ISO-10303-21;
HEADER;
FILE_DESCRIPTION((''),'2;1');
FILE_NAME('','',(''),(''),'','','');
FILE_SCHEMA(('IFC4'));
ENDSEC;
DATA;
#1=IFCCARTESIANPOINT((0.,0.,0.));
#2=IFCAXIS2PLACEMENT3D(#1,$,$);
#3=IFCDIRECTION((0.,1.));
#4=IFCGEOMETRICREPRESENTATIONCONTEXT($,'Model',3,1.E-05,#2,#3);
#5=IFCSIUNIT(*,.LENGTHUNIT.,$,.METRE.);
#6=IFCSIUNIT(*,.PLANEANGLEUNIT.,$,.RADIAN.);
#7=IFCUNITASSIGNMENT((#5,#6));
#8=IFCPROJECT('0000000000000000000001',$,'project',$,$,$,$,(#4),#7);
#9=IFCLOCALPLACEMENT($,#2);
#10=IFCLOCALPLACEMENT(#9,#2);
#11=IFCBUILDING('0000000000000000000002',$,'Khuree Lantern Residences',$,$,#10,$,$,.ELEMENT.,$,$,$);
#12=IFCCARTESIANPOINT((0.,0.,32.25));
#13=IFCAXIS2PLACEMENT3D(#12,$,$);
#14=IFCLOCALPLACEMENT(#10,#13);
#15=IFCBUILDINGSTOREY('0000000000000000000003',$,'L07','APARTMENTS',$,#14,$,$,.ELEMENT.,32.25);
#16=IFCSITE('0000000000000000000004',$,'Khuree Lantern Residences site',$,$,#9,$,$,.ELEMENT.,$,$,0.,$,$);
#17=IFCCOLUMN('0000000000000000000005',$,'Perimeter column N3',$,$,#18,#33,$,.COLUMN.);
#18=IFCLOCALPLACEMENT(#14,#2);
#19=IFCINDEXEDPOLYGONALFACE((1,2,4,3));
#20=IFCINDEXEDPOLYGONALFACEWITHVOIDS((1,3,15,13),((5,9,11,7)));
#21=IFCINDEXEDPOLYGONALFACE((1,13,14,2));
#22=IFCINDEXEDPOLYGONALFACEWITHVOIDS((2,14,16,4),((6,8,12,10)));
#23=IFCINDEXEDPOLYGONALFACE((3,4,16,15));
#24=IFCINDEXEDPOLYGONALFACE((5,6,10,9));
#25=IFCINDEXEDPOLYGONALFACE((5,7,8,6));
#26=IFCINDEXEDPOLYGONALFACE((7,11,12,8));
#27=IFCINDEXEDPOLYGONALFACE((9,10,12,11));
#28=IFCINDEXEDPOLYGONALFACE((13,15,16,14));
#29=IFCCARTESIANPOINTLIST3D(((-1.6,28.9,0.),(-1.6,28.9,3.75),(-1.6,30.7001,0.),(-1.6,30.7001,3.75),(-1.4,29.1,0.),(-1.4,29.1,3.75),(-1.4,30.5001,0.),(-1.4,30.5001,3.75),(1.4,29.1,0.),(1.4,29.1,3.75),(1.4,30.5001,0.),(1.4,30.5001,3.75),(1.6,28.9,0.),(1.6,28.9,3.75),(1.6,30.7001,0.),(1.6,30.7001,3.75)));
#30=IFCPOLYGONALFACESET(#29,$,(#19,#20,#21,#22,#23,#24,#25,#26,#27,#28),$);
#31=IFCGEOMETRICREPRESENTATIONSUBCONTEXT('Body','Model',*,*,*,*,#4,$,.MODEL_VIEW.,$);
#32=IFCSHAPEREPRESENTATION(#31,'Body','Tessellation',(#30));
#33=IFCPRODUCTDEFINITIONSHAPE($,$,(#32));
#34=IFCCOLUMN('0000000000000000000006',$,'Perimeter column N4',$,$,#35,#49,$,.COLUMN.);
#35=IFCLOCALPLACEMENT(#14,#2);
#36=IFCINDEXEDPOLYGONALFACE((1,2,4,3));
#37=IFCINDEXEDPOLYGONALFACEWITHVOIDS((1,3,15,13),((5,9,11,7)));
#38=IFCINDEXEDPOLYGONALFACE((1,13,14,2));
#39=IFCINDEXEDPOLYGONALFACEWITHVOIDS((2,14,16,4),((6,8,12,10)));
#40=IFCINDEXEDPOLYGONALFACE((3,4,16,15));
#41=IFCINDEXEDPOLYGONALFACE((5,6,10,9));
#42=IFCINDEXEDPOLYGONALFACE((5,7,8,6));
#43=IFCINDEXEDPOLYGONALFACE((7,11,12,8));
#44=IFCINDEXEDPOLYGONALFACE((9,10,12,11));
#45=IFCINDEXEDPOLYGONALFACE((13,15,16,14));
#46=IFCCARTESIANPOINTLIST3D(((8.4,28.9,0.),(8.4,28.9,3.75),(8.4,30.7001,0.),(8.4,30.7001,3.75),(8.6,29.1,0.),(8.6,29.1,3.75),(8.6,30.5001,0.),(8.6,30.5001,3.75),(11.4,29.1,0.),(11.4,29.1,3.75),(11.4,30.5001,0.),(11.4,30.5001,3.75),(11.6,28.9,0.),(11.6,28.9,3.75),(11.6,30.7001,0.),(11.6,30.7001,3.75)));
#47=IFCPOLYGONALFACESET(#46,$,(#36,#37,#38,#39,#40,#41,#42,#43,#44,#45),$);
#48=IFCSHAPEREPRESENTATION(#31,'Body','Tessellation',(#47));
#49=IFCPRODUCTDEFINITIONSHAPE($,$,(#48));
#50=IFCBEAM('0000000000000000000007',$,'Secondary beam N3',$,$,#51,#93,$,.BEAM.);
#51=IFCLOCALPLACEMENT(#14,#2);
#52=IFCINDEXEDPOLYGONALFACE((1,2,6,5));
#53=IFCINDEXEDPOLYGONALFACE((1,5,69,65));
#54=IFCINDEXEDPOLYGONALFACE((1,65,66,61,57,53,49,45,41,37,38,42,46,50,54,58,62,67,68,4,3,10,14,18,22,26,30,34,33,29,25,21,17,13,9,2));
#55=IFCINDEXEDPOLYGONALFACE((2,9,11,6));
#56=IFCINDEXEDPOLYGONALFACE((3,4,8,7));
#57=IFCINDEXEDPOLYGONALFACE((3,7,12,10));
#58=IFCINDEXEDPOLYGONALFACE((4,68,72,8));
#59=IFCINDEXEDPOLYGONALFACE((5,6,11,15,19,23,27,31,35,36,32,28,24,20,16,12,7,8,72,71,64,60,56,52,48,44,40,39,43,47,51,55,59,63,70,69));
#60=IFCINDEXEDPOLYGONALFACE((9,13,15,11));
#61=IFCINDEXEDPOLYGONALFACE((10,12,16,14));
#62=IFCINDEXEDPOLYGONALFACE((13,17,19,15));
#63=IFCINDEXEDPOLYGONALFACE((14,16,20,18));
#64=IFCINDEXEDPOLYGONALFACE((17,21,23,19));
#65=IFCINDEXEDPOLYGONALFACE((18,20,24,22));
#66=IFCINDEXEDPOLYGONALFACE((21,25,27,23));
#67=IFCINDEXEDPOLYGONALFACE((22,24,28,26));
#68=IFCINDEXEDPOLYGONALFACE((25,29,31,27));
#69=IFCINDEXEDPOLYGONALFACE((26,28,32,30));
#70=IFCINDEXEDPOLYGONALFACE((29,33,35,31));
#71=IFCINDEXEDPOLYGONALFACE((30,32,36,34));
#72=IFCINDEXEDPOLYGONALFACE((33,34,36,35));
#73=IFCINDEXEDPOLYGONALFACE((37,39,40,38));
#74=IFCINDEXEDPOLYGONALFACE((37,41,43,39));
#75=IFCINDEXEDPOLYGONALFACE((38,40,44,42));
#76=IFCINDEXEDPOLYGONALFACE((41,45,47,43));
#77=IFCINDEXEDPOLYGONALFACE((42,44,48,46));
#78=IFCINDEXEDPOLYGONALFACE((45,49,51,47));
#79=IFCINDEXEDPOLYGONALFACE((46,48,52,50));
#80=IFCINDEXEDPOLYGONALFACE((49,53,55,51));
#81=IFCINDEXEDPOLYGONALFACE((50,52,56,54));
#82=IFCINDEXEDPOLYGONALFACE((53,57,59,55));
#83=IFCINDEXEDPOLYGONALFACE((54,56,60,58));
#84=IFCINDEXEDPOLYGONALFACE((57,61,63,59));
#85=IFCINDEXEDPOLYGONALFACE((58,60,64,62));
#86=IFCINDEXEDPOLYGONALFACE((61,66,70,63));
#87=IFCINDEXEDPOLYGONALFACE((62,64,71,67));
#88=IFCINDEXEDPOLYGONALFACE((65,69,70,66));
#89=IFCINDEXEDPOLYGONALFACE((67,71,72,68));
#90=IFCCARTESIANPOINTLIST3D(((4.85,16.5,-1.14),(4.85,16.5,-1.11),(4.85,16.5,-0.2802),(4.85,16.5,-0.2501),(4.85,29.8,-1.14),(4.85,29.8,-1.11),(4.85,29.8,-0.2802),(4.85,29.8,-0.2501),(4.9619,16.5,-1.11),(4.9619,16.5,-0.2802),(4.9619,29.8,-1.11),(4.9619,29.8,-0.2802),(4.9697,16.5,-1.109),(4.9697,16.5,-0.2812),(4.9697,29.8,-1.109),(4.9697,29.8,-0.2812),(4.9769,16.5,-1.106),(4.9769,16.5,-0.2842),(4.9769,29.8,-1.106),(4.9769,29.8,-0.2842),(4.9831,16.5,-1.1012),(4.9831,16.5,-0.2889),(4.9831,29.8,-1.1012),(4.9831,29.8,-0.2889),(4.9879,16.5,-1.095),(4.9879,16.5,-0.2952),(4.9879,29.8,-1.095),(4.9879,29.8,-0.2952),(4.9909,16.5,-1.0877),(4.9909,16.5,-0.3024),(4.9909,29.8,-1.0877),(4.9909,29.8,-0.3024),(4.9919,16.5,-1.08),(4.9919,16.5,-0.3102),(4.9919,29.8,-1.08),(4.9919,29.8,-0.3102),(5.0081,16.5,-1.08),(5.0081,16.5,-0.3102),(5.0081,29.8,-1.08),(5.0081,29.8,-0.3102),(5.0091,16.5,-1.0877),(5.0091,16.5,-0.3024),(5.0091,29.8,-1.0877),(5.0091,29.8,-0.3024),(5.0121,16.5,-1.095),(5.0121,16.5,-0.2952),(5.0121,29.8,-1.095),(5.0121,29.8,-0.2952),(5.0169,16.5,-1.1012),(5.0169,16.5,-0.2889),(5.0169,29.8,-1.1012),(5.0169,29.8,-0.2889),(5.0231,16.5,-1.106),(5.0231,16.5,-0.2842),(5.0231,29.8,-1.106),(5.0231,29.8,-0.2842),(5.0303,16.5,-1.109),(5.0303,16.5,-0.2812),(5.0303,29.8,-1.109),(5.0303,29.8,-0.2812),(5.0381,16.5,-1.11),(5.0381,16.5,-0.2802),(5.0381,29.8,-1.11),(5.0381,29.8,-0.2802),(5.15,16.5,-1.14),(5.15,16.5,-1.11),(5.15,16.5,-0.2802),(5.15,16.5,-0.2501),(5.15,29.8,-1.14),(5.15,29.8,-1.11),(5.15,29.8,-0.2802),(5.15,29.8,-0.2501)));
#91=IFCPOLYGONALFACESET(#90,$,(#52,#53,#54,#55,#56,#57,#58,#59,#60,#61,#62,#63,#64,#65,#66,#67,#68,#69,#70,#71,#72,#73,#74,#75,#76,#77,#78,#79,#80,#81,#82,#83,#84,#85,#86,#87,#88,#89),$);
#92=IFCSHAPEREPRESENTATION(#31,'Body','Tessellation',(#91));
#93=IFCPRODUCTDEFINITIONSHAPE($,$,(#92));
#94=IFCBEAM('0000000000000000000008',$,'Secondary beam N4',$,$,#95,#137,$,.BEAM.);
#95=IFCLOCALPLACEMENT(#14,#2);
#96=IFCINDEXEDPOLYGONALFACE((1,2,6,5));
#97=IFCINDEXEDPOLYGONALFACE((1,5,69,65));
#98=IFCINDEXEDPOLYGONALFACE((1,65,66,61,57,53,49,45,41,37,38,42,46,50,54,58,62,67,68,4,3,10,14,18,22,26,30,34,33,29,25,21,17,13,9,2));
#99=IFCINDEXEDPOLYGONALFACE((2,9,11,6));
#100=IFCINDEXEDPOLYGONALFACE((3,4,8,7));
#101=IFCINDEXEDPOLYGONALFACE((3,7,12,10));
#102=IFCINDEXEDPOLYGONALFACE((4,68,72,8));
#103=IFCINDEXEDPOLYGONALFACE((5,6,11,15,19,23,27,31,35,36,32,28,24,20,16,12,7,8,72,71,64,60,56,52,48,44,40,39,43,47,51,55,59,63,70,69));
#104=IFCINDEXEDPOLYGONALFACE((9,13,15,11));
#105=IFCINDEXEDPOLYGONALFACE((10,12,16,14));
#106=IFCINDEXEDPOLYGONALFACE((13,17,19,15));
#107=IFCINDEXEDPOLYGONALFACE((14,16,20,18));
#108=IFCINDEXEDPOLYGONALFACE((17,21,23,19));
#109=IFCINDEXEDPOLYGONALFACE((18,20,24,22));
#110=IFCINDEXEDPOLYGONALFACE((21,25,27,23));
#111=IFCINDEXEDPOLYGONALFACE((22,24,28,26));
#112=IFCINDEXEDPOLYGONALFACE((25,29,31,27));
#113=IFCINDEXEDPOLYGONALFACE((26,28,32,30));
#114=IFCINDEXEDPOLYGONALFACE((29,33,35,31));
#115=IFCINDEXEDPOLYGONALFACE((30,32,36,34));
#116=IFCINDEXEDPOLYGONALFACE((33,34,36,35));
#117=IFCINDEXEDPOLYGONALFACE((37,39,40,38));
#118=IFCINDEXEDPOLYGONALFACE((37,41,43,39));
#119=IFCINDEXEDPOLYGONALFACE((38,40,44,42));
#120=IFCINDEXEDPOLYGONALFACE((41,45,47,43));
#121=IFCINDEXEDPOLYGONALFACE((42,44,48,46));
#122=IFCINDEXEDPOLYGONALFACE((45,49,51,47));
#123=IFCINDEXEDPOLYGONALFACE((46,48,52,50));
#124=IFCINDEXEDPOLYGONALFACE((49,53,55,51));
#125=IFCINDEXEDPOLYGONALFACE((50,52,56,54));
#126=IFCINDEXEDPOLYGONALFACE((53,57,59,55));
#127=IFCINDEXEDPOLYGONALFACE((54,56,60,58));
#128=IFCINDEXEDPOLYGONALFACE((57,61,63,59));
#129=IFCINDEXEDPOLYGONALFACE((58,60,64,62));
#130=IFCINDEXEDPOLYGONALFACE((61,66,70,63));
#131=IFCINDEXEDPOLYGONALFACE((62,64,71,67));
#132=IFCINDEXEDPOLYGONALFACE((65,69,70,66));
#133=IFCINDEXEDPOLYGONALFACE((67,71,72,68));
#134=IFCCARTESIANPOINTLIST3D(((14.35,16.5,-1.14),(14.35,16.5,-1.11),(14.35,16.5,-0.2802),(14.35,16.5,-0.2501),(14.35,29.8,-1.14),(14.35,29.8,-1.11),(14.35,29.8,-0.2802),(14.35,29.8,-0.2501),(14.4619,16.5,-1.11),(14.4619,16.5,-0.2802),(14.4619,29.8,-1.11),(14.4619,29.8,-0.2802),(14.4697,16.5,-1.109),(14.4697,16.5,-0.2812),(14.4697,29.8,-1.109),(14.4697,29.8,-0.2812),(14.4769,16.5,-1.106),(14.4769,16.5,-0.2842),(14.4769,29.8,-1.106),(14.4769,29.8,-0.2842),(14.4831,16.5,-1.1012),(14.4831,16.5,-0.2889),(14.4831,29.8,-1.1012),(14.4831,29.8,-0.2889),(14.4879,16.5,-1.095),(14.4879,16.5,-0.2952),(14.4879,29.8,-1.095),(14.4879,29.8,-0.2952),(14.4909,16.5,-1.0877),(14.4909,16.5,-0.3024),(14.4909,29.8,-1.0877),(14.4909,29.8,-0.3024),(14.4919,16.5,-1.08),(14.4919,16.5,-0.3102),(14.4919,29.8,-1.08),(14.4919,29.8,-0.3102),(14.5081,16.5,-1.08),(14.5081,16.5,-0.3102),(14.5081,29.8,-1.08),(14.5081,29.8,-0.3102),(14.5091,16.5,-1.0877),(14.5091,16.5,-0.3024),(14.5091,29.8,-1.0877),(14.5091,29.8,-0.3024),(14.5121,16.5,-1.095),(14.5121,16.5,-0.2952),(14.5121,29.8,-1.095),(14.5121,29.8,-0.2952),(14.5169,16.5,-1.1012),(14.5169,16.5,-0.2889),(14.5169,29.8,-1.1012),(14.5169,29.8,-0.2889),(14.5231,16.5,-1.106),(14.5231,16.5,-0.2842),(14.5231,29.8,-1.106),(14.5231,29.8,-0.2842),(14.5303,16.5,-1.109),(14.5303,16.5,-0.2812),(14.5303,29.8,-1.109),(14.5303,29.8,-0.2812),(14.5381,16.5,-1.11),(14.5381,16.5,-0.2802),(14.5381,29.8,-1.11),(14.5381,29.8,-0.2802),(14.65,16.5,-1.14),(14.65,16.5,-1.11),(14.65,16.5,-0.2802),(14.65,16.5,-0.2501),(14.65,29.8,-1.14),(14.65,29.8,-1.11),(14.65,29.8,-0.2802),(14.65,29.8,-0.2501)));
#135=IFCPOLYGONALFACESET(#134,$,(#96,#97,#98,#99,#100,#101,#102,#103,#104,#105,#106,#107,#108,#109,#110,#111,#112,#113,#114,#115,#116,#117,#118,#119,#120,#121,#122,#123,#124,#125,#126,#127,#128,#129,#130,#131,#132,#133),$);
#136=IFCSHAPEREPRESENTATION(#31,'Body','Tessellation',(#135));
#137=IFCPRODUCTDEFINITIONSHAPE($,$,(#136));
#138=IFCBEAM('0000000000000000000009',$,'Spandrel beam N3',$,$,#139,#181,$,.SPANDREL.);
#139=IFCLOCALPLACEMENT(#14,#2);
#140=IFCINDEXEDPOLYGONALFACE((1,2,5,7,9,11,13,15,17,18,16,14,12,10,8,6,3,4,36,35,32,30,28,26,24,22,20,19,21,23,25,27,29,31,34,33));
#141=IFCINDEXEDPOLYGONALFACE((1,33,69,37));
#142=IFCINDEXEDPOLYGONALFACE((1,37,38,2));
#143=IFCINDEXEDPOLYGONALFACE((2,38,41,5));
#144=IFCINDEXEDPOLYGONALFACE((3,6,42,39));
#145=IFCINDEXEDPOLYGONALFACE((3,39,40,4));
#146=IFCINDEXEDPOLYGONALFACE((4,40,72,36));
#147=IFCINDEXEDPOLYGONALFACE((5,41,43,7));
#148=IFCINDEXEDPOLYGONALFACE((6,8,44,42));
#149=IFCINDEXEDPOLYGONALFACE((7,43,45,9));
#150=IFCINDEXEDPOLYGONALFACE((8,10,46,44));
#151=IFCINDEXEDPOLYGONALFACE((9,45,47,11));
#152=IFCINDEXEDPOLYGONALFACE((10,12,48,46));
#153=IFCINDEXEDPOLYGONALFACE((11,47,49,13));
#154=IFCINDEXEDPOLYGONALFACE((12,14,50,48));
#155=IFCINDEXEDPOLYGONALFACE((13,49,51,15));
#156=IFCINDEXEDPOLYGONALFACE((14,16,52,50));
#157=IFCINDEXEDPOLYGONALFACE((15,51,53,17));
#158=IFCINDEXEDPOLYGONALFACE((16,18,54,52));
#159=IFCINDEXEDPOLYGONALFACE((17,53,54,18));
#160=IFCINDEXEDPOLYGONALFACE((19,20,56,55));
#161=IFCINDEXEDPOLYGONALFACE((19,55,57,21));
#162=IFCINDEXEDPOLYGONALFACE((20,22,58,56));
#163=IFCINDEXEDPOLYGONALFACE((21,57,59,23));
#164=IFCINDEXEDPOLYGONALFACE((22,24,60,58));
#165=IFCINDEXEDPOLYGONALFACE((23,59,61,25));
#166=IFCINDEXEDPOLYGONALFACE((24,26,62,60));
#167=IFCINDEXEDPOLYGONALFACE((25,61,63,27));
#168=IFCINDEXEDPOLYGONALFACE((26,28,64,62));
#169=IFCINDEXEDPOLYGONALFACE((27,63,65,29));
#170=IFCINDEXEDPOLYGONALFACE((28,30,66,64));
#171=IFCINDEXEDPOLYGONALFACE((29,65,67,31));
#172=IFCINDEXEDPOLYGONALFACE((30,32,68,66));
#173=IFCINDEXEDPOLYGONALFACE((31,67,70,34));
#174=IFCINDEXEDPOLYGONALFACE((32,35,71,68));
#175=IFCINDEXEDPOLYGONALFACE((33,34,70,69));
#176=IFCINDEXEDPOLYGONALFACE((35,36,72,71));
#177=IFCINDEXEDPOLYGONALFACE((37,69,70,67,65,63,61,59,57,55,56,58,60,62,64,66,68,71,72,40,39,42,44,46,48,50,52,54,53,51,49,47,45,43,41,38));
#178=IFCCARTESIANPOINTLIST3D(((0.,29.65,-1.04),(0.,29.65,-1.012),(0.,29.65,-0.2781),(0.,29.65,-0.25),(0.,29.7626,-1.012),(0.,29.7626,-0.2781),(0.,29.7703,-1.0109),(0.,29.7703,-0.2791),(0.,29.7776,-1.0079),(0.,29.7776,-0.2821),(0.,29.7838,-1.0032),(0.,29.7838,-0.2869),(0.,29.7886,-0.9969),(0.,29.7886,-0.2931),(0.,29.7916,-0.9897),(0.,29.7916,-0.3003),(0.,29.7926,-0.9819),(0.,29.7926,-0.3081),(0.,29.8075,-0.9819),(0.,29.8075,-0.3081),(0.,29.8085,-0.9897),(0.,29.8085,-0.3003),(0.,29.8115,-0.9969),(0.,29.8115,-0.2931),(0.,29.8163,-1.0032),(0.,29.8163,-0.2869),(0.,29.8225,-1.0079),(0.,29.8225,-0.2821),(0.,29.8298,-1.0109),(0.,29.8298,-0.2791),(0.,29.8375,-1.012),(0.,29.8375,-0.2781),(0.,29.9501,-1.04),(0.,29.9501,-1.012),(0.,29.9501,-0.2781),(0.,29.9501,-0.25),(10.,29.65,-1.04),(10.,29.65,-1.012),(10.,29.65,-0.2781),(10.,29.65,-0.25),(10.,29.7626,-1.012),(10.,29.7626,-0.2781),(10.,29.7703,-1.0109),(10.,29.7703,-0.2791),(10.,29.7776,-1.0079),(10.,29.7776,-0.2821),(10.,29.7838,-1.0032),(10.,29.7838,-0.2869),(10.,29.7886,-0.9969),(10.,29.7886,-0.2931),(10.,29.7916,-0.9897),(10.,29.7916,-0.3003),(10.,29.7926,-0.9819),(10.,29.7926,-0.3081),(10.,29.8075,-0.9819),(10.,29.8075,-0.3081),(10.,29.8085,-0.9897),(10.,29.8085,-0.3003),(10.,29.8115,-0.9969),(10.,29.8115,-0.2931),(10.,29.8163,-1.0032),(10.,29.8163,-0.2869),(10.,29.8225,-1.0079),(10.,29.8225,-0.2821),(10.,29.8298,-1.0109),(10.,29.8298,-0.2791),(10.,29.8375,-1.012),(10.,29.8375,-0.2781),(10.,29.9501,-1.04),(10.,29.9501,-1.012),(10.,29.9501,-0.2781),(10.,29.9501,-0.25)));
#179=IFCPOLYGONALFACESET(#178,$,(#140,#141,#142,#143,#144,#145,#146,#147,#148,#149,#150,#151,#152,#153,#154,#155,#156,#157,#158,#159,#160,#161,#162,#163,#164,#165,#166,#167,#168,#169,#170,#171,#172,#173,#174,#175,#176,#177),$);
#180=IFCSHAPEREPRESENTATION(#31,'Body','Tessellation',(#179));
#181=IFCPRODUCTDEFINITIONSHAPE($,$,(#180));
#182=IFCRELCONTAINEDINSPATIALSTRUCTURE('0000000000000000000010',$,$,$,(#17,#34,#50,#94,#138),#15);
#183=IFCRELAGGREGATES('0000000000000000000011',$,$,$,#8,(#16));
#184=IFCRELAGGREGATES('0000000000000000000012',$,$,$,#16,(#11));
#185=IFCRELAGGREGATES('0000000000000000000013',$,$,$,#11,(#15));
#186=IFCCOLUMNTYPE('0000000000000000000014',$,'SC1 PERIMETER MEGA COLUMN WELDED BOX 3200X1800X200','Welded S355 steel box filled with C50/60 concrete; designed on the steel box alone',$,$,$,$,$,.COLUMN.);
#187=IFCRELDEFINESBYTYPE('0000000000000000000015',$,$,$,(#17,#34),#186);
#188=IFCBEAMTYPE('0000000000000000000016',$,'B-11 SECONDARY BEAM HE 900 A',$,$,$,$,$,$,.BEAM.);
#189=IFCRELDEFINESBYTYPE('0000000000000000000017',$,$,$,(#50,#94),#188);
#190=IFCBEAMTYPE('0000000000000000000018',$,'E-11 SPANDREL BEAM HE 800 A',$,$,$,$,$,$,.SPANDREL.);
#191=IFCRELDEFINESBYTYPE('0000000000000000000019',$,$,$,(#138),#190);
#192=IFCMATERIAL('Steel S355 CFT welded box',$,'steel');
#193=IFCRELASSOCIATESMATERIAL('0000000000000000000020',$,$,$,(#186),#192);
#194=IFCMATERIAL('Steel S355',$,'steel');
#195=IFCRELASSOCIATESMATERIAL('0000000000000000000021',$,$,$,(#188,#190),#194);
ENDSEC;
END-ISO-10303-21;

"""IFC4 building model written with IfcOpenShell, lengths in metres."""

from ifc_helpers import new_model, si_unit, direction, frame, origin, origin_2d, place, context, subcontext, project, spatial, hollow_rectangle, i_section, extrude, material, material_profile, profile_set, type_object, element, save


model = new_model("IFC4")

# Units and contexts
model_context = context("Model", 3, precision=1e-05, world=origin(), true_north=direction((0.0, 1.0)))
body_context = subcontext(model_context, "Body", "Model", "MODEL_VIEW")
ifc_project = project(units=[si_unit("LENGTHUNIT", "METRE"), si_unit("PLANEANGLEUNIT", "RADIAN")], contexts=[model_context])

# Site, building, storey
site_placement = place(None, origin())
site = spatial("IfcSite", under=ifc_project, at=site_placement, Name="Khuree Lantern Residences site", CompositionType="ELEMENT", RefElevation=0.0)
building_placement = place(site_placement, origin())
building = spatial("IfcBuilding", under=site, at=building_placement, Name="Khuree Lantern Residences", CompositionType="ELEMENT")
storey_placement = place(building_placement, frame((0.0, 0.0, 32.25)))
storey = spatial("IfcBuildingStorey", under=building, at=storey_placement, Name="L07", Description="APARTMENTS", CompositionType="ELEMENT", Elevation=32.25)

# Columns
ifc_material_1 = material(Name="Steel S355 CFT welded box", Category="steel")
ifc_material_profile_1 = material_profile(ifc_material_1, hollow_rectangle(XDim=3.2, YDim=1.8, WallThickness=0.2, at=origin_2d()), Name="WELDED BOX 3200X1800X200")
ifc_profile_set_1 = profile_set([ifc_material_profile_1], Name="Steel S355 CFT welded box")
column_type = type_object("IfcColumnType", Name="SC1 PERIMETER MEGA COLUMN WELDED BOX 3200X1800X200", Description="Welded S355 steel box filled with C50/60 concrete; designed on the steel box alone", PredefinedType="COLUMN", material=ifc_profile_set_1)
for number, where, z_axis, x_axis, name in (
    (1, (0.0, 29.8, 0.0), (0.0, 0.0, 1.0), (1.0, 0.0, 0.0), "Perimeter column N3"),
    (2, (10.0, 29.8, 0.0), (0.0, 0.0, 1.0), (1.0, 0.0, 0.0), "Perimeter column N4"),
):
    element("IfcColumn", number, at=place(storey_placement, frame(where, z_axis=z_axis, x_axis=x_axis)), inside=storey, type_object=column_type, Name=name, PredefinedType="COLUMN", context=body_context, shape_type="SweptSolid", body=[
        extrude(hollow_rectangle(XDim=3.2, YDim=1.8, WallThickness=0.2, at=origin_2d()), origin(), (0.0, 0.0, 1.0), 3.75),
    ])

# Beams
ifc_material_2 = material(Name="Steel S355", Category="steel")
ifc_material_profile_2 = material_profile(ifc_material_2, i_section(OverallWidth=0.3, OverallDepth=0.8899, WebThickness=0.0161, FlangeThickness=0.03, FilletRadius=0.03, at=origin_2d()), Name="HE 900 A")
ifc_profile_set_2 = profile_set([ifc_material_profile_2], Name="Steel S355")
beam_type_1 = type_object("IfcBeamType", Name="B-11 SECONDARY BEAM HE 900 A", PredefinedType="BEAM", material=ifc_profile_set_2)
for number, where, z_axis, x_axis, name in (
    (3, (5.0, 29.8, -0.6951), (0.0, -1.0, 0.0), (1.0, 0.0, 0.0), "Secondary beam N3"),
    (4, (14.5, 29.8, -0.6951), (0.0, -1.0, 0.0), (1.0, 0.0, 0.0), "Secondary beam N4"),
):
    element("IfcBeam", number, at=place(storey_placement, frame(where, z_axis=z_axis, x_axis=x_axis)), inside=storey, type_object=beam_type_1, Name=name, PredefinedType="BEAM", context=body_context, shape_type="SweptSolid", body=[
        extrude(i_section(OverallWidth=0.3, OverallDepth=0.8899, WebThickness=0.0161, FlangeThickness=0.03, FilletRadius=0.03, at=origin_2d()), origin(), (0.0, 0.0, 1.0), 13.3),
    ])
ifc_material_profile_3 = material_profile(ifc_material_2, i_section(OverallWidth=0.3, OverallDepth=0.79, WebThickness=0.0149, FlangeThickness=0.0281, FilletRadius=0.03, at=origin_2d()), Name="HE 800 A")
ifc_profile_set_3 = profile_set([ifc_material_profile_3], Name="Steel S355")
beam_type_2 = type_object("IfcBeamType", Name="E-11 SPANDREL BEAM HE 800 A", PredefinedType="SPANDREL", material=ifc_profile_set_3)
for number, where, z_axis, x_axis, name in (
    (5, (0.0, 29.8, -0.645), (1.0, 0.0, 0.0), (0.0, 1.0, 0.0), "Spandrel beam N3"),
):
    element("IfcBeam", number, at=place(storey_placement, frame(where, z_axis=z_axis, x_axis=x_axis)), inside=storey, type_object=beam_type_2, Name=name, PredefinedType="SPANDREL", context=body_context, shape_type="SweptSolid", body=[
        extrude(i_section(OverallWidth=0.3, OverallDepth=0.79, WebThickness=0.0149, FlangeThickness=0.0281, FilletRadius=0.03, at=origin_2d()), origin(), (0.0, 0.0, 1.0), 10.0),
    ])

save(model, "model.ifc")
